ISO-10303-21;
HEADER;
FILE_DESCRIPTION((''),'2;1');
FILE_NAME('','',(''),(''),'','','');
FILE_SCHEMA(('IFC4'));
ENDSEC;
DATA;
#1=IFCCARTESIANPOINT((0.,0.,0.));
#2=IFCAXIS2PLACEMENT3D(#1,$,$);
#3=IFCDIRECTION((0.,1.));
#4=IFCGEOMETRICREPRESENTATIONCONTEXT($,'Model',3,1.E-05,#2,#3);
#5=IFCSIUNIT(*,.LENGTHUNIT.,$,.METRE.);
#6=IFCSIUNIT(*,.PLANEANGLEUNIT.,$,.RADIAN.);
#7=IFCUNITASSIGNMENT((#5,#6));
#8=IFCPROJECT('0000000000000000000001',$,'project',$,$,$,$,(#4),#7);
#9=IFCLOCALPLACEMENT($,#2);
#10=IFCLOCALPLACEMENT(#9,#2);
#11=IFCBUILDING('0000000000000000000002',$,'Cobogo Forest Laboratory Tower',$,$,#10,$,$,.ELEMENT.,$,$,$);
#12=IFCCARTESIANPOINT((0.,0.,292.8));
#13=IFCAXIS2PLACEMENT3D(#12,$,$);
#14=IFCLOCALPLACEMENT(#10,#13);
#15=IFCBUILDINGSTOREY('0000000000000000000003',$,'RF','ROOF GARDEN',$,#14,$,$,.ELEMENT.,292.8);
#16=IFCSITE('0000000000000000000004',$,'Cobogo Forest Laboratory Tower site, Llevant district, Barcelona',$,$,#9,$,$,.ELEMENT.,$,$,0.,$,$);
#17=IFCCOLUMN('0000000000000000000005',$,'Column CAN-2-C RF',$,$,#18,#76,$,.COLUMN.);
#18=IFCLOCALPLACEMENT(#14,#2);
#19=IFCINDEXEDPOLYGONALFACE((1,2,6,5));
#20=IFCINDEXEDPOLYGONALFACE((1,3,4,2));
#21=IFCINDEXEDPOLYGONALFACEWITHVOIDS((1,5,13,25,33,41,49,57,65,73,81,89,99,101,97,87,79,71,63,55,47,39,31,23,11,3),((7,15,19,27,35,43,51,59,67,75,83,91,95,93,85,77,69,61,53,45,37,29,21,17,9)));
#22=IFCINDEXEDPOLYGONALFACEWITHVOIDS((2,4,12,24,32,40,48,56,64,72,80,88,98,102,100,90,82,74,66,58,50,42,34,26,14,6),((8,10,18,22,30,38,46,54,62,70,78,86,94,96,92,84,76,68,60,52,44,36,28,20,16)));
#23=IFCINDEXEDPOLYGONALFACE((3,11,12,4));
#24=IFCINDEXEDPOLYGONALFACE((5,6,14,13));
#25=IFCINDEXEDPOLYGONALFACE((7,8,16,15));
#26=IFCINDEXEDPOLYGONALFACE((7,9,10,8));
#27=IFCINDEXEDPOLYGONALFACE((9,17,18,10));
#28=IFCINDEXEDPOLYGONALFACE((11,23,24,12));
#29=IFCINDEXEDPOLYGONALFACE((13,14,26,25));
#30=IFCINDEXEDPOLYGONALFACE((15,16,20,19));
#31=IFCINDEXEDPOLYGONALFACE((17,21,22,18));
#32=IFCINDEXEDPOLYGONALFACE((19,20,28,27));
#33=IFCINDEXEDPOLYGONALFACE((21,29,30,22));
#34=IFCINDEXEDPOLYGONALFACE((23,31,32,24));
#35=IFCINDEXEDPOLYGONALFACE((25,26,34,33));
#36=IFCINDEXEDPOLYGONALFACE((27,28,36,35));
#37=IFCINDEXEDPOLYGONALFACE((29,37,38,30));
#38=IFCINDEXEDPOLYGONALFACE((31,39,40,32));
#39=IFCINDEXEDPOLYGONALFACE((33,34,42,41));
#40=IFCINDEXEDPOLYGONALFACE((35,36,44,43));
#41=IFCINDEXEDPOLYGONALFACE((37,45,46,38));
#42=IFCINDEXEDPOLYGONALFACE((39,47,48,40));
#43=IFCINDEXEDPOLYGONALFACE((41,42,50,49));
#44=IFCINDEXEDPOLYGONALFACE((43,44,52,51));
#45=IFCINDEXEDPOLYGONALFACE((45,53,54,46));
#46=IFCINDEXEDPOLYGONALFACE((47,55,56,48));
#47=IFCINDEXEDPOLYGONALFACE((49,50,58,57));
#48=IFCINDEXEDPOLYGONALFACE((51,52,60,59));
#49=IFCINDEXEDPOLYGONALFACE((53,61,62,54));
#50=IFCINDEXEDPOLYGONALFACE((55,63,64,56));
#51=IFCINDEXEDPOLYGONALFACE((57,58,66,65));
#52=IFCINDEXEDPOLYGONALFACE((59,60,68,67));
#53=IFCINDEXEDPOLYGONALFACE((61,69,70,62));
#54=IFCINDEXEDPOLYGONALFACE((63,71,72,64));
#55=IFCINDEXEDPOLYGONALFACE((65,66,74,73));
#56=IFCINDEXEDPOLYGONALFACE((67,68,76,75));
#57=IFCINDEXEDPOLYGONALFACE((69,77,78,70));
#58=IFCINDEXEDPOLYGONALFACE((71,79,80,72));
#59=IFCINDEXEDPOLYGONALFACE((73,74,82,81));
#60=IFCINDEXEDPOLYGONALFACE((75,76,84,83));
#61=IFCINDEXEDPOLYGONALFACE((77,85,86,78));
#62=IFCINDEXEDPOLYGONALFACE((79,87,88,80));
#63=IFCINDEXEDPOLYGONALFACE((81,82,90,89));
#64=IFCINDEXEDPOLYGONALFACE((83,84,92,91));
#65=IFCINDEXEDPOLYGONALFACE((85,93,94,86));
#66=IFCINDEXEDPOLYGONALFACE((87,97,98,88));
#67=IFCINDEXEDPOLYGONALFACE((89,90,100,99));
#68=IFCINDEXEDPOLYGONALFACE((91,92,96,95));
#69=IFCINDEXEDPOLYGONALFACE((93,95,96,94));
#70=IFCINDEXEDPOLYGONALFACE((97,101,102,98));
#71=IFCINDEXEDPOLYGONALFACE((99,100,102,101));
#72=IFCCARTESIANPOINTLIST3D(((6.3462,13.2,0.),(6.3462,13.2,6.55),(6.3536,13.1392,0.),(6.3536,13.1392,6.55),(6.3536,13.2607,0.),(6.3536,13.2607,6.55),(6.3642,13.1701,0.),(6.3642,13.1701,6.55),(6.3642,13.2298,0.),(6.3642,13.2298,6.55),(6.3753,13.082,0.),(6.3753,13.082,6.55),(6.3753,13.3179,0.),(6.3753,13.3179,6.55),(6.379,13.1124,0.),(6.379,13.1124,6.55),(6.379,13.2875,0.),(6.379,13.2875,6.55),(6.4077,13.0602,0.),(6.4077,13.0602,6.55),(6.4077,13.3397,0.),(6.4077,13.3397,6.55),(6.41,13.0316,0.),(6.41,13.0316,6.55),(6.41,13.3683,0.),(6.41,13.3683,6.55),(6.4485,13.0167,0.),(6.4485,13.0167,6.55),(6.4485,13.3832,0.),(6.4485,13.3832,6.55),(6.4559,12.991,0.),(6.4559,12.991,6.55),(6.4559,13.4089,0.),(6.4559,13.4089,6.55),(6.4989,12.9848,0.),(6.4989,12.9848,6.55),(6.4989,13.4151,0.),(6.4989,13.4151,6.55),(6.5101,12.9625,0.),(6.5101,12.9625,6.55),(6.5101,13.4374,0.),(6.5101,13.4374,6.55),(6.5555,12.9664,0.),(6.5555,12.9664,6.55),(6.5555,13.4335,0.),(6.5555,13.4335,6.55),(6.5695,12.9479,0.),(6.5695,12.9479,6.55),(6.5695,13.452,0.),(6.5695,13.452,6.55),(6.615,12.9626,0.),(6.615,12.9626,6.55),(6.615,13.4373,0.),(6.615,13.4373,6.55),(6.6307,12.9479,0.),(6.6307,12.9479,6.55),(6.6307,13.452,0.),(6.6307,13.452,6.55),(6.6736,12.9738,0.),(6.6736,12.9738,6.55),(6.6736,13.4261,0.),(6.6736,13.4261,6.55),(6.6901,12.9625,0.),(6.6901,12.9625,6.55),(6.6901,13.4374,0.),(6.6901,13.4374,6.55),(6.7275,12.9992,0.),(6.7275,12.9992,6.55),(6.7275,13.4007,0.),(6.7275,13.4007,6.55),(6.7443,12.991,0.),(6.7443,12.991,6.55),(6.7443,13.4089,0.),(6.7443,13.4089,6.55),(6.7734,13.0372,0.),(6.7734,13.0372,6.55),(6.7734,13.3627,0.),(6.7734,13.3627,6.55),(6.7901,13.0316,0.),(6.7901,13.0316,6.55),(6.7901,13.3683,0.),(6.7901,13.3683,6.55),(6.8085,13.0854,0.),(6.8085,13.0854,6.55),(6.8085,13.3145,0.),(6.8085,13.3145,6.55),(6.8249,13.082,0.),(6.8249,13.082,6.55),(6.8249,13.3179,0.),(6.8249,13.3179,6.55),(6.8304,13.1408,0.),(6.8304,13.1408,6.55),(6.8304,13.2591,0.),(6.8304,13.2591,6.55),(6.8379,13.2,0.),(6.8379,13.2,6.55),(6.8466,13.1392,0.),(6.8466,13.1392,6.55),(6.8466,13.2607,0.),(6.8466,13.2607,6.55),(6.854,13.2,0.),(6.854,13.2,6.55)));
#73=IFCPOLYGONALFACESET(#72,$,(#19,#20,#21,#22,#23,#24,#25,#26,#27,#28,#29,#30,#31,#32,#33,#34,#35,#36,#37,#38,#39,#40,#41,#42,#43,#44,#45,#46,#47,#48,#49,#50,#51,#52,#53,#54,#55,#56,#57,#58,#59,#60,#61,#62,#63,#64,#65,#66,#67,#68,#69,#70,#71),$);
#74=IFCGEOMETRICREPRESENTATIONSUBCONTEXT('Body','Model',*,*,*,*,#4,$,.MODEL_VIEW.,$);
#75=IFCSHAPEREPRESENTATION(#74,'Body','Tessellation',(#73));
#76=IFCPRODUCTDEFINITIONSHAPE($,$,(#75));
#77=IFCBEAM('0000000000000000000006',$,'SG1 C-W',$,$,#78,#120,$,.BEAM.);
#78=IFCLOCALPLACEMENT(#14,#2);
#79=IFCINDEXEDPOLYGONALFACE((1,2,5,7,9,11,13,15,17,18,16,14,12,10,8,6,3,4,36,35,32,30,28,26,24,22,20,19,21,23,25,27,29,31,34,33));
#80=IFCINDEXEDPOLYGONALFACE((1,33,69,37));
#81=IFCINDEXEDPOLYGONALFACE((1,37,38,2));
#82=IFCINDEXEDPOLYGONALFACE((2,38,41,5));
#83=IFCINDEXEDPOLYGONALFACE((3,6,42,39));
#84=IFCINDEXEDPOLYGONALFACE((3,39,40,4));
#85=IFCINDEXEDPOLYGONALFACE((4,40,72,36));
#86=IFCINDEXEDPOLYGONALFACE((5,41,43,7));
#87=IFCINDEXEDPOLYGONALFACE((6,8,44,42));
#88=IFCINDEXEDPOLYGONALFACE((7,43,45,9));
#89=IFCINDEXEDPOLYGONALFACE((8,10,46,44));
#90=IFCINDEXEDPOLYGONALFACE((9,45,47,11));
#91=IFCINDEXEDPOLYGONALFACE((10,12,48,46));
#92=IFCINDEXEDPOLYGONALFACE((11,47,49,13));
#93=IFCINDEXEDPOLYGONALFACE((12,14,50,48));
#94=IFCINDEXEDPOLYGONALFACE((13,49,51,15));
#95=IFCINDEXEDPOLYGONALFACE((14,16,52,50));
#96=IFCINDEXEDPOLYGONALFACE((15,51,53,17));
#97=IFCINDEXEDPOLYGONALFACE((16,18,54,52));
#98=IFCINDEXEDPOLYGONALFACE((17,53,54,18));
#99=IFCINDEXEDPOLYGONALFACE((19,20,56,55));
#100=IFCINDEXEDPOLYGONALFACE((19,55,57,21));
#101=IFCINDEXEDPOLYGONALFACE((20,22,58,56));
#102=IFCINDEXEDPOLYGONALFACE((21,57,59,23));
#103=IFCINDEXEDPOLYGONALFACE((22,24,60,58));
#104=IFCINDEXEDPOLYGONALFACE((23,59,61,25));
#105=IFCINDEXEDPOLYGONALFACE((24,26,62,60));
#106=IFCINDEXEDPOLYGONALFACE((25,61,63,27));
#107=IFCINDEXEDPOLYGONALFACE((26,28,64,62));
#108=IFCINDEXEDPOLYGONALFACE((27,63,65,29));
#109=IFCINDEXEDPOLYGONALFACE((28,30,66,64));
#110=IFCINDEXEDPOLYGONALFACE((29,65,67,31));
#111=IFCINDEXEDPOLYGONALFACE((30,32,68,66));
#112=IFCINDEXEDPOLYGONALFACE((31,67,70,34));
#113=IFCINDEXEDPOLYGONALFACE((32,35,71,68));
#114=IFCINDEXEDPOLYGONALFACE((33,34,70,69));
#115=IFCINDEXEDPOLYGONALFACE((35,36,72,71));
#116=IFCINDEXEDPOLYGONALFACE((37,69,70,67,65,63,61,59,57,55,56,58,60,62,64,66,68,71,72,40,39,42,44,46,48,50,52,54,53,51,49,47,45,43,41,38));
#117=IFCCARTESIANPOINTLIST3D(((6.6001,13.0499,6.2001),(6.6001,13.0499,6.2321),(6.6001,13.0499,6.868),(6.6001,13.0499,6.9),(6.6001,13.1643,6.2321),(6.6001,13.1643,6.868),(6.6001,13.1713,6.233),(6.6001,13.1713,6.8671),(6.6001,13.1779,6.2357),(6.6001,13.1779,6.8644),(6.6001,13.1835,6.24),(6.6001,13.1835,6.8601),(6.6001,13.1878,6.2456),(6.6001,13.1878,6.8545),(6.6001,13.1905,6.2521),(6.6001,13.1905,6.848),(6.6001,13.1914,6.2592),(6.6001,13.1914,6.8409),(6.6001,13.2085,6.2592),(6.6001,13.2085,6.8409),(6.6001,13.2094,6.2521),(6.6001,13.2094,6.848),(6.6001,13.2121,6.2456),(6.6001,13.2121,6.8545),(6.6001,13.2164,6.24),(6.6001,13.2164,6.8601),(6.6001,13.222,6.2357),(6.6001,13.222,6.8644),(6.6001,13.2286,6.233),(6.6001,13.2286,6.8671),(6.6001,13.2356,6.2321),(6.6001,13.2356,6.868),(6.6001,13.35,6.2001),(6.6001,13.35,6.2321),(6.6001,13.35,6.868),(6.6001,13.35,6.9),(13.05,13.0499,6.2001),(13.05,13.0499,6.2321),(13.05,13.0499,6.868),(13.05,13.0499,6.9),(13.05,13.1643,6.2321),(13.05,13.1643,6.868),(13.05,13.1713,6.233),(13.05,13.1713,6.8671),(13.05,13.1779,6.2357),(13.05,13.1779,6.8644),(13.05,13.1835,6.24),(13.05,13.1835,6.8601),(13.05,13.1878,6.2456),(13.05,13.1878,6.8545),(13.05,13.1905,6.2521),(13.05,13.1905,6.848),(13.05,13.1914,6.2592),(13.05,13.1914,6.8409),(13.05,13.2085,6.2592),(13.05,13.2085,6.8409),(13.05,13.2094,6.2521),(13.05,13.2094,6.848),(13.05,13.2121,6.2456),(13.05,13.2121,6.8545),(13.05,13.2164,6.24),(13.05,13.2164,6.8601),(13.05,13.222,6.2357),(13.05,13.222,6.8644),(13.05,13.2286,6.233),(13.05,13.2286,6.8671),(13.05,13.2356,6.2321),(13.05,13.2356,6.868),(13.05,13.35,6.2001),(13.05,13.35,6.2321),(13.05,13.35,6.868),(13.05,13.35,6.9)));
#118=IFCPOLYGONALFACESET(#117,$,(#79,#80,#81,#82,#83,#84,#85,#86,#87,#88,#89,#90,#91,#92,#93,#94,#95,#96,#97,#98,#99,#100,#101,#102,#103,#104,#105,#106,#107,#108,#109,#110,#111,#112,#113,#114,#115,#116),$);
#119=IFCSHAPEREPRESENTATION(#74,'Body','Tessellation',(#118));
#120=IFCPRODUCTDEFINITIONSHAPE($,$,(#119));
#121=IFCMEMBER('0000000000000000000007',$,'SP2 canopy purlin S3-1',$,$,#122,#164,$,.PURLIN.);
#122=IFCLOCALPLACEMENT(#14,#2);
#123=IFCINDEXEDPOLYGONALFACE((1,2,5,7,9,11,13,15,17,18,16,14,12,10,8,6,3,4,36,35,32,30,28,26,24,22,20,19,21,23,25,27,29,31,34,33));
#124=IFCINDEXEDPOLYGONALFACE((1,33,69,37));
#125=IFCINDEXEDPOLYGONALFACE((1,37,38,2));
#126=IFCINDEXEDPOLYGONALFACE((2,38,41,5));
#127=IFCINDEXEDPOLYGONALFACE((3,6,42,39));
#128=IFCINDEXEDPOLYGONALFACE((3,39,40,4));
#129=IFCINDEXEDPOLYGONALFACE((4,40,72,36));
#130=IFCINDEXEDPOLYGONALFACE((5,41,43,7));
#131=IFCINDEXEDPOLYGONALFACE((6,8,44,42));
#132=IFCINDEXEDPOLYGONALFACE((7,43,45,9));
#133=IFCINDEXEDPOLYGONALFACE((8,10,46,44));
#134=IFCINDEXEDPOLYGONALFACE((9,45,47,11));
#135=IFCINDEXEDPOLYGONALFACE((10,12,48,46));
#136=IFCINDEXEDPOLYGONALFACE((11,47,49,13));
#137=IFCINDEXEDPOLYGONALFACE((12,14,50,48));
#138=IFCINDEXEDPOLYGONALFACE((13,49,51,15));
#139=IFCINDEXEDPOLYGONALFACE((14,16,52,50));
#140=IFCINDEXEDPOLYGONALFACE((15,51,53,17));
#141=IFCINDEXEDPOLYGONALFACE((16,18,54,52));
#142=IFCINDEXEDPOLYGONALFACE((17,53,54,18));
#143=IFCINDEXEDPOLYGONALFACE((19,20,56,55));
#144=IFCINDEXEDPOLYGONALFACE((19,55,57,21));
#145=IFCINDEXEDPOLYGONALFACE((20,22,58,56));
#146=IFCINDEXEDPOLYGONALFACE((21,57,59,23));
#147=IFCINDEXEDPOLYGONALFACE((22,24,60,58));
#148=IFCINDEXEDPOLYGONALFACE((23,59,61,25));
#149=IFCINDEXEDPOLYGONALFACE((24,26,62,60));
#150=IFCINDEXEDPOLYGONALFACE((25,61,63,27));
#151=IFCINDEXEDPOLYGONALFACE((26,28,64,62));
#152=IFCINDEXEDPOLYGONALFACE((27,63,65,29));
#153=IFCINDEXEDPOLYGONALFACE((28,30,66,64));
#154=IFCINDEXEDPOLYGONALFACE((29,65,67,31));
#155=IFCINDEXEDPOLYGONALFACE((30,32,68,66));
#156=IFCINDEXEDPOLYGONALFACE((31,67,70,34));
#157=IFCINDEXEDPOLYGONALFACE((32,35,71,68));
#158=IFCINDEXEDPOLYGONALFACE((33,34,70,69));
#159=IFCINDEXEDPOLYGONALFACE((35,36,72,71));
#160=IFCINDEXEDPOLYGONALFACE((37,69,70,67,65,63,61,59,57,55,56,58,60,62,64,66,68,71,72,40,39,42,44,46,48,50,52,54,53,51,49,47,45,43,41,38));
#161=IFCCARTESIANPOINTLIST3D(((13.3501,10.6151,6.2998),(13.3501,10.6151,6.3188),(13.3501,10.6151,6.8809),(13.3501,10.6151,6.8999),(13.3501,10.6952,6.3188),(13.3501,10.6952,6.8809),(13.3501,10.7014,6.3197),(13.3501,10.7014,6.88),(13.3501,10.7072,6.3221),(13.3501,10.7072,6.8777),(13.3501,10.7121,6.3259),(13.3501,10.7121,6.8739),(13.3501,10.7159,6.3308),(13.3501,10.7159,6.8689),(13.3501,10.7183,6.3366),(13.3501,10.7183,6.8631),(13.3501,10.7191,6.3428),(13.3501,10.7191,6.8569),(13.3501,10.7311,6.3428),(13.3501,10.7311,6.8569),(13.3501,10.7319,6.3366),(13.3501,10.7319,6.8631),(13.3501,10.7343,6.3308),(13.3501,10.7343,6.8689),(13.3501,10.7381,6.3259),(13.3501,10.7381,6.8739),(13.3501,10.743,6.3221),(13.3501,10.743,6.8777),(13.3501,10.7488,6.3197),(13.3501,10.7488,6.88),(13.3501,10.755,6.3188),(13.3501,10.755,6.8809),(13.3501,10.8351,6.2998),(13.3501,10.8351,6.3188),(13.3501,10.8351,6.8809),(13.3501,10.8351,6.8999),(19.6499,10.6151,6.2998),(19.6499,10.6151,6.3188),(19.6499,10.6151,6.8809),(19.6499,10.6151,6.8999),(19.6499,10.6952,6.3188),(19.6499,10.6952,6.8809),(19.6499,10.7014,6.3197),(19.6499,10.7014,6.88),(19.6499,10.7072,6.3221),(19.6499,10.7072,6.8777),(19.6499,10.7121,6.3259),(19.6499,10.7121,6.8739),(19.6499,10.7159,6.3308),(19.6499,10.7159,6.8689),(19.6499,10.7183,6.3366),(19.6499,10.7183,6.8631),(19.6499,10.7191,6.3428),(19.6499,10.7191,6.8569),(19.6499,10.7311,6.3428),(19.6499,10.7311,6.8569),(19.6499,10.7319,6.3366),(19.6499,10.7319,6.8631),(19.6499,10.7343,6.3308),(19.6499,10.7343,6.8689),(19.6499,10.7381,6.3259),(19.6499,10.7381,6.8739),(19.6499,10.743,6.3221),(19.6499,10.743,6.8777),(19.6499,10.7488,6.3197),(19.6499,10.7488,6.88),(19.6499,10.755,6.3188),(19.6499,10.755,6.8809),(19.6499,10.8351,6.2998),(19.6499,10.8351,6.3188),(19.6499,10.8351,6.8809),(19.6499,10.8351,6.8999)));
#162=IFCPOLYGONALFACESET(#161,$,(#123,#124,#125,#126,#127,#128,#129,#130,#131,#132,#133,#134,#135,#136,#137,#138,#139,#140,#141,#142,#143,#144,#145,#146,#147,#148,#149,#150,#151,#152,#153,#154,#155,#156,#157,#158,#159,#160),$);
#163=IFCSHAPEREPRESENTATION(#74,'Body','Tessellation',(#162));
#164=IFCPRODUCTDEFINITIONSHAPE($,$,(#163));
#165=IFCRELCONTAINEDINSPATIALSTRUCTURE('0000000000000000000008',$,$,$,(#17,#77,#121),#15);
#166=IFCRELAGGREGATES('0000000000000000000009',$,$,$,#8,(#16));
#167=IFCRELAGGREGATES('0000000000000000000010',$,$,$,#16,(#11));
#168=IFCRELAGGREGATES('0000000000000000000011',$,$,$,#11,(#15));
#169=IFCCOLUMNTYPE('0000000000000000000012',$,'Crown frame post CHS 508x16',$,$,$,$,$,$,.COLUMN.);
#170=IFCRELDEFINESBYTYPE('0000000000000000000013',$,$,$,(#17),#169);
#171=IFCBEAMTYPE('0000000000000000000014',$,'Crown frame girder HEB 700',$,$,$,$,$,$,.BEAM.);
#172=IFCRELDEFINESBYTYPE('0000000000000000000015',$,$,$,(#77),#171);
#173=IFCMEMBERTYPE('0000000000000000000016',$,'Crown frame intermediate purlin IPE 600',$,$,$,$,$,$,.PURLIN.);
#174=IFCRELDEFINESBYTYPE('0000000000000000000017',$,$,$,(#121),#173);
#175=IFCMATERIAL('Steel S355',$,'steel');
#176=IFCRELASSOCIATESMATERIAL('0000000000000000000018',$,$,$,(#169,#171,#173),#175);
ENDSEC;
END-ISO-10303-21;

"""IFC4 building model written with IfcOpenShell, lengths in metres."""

from ifc_helpers import new_model, si_unit, direction, frame, origin, origin_2d, place, context, subcontext, project, spatial, hollow_circle, i_section, extrude, material, material_profile, profile_set, type_object, element, save


model = new_model("IFC4")

# Units and contexts
model_context = context("Model", 3, precision=1e-05, world=origin(), true_north=direction((0.0, 1.0)))
body_context = subcontext(model_context, "Body", "Model", "MODEL_VIEW")
ifc_project = project(units=[si_unit("LENGTHUNIT", "METRE"), si_unit("PLANEANGLEUNIT", "RADIAN")], contexts=[model_context])

# Site, building, storey
site_placement = place(None, origin())
site = spatial("IfcSite", under=ifc_project, at=site_placement, Name="Cobogo Forest Laboratory Tower site, Llevant district, Barcelona", CompositionType="ELEMENT", RefElevation=0.0)
building_placement = place(site_placement, origin())
building = spatial("IfcBuilding", under=site, at=building_placement, Name="Cobogo Forest Laboratory Tower", CompositionType="ELEMENT")
storey_placement = place(building_placement, frame((0.0, 0.0, 292.8)))
storey = spatial("IfcBuildingStorey", under=building, at=storey_placement, Name="RF", Description="ROOF GARDEN", CompositionType="ELEMENT", Elevation=292.8)

# Column
ifc_material_1 = material(Name="Steel S355", Category="steel")
ifc_material_profile_1 = material_profile(ifc_material_1, hollow_circle(Radius=0.2539, WallThickness=0.0161, at=origin_2d()), Name="CHS 508x16")
ifc_profile_set_1 = profile_set([ifc_material_profile_1], Name="Steel S355")
column_type = type_object("IfcColumnType", Name="Crown frame post CHS 508x16", PredefinedType="COLUMN", material=ifc_profile_set_1)
column_placement = place(storey_placement, frame((6.6001, 13.2, 0.0), z_axis=(0.0, 0.0, 1.0), x_axis=(1.0, 0.0, 0.0)))
element("IfcColumn", 1, at=column_placement, inside=storey, type_object=column_type, Name="Column CAN-2-C RF", PredefinedType="COLUMN", context=body_context, shape_type="SweptSolid", body=[
    extrude(hollow_circle(Radius=0.2539, WallThickness=0.0161, at=origin_2d()), origin(), (0.0, 0.0, 1.0), 6.55),
])

# Beam
ifc_material_profile_2 = material_profile(ifc_material_1, i_section(OverallWidth=0.3, OverallDepth=0.7, WebThickness=0.0171, FlangeThickness=0.032, FilletRadius=0.0271, at=origin_2d()), Name="HEB 700")
ifc_profile_set_2 = profile_set([ifc_material_profile_2], Name="Steel S355")
beam_type_1 = type_object("IfcBeamType", Name="Crown frame girder HEB 700", PredefinedType="BEAM", material=ifc_profile_set_2)
beam_1_placement = place(storey_placement, frame((6.6001, 13.2, 6.55), z_axis=(1.0, 0.0, 0.0), x_axis=(0.0, 1.0, 0.0)))
element("IfcBeam", 2, at=beam_1_placement, inside=storey, type_object=beam_type_1, Name="SG1 C-W", PredefinedType="BEAM", context=body_context, shape_type="SweptSolid", body=[
    extrude(i_section(OverallWidth=0.3, OverallDepth=0.7, WebThickness=0.0171, FlangeThickness=0.032, FilletRadius=0.0271, at=origin_2d()), origin(), (0.0, 0.0, 1.0), 6.45),
])

# Member
ifc_material_profile_3 = material_profile(ifc_material_1, i_section(OverallWidth=0.22, OverallDepth=0.6001, WebThickness=0.012, FlangeThickness=0.019, FilletRadius=0.0239, at=origin_2d()), Name="IPE 600")
ifc_profile_set_3 = profile_set([ifc_material_profile_3], Name="Steel S355")
member_type_1 = type_object("IfcMemberType", Name="Crown frame intermediate purlin IPE 600", PredefinedType="PURLIN", material=ifc_profile_set_3)
member_1_placement = place(storey_placement, frame((13.3501, 10.7251, 6.5999), z_axis=(1.0, 0.0, 0.0), x_axis=(0.0, 1.0, 0.0)))
element("IfcMember", 3, at=member_1_placement, inside=storey, type_object=member_type_1, Name="SP2 canopy purlin S3-1", PredefinedType="PURLIN", context=body_context, shape_type="SweptSolid", body=[
    extrude(i_section(OverallWidth=0.22, OverallDepth=0.6001, WebThickness=0.012, FlangeThickness=0.019, FilletRadius=0.0239, at=origin_2d()), origin(), (0.0, 0.0, 1.0), 6.2998),
])

save(model, "model.ifc")
